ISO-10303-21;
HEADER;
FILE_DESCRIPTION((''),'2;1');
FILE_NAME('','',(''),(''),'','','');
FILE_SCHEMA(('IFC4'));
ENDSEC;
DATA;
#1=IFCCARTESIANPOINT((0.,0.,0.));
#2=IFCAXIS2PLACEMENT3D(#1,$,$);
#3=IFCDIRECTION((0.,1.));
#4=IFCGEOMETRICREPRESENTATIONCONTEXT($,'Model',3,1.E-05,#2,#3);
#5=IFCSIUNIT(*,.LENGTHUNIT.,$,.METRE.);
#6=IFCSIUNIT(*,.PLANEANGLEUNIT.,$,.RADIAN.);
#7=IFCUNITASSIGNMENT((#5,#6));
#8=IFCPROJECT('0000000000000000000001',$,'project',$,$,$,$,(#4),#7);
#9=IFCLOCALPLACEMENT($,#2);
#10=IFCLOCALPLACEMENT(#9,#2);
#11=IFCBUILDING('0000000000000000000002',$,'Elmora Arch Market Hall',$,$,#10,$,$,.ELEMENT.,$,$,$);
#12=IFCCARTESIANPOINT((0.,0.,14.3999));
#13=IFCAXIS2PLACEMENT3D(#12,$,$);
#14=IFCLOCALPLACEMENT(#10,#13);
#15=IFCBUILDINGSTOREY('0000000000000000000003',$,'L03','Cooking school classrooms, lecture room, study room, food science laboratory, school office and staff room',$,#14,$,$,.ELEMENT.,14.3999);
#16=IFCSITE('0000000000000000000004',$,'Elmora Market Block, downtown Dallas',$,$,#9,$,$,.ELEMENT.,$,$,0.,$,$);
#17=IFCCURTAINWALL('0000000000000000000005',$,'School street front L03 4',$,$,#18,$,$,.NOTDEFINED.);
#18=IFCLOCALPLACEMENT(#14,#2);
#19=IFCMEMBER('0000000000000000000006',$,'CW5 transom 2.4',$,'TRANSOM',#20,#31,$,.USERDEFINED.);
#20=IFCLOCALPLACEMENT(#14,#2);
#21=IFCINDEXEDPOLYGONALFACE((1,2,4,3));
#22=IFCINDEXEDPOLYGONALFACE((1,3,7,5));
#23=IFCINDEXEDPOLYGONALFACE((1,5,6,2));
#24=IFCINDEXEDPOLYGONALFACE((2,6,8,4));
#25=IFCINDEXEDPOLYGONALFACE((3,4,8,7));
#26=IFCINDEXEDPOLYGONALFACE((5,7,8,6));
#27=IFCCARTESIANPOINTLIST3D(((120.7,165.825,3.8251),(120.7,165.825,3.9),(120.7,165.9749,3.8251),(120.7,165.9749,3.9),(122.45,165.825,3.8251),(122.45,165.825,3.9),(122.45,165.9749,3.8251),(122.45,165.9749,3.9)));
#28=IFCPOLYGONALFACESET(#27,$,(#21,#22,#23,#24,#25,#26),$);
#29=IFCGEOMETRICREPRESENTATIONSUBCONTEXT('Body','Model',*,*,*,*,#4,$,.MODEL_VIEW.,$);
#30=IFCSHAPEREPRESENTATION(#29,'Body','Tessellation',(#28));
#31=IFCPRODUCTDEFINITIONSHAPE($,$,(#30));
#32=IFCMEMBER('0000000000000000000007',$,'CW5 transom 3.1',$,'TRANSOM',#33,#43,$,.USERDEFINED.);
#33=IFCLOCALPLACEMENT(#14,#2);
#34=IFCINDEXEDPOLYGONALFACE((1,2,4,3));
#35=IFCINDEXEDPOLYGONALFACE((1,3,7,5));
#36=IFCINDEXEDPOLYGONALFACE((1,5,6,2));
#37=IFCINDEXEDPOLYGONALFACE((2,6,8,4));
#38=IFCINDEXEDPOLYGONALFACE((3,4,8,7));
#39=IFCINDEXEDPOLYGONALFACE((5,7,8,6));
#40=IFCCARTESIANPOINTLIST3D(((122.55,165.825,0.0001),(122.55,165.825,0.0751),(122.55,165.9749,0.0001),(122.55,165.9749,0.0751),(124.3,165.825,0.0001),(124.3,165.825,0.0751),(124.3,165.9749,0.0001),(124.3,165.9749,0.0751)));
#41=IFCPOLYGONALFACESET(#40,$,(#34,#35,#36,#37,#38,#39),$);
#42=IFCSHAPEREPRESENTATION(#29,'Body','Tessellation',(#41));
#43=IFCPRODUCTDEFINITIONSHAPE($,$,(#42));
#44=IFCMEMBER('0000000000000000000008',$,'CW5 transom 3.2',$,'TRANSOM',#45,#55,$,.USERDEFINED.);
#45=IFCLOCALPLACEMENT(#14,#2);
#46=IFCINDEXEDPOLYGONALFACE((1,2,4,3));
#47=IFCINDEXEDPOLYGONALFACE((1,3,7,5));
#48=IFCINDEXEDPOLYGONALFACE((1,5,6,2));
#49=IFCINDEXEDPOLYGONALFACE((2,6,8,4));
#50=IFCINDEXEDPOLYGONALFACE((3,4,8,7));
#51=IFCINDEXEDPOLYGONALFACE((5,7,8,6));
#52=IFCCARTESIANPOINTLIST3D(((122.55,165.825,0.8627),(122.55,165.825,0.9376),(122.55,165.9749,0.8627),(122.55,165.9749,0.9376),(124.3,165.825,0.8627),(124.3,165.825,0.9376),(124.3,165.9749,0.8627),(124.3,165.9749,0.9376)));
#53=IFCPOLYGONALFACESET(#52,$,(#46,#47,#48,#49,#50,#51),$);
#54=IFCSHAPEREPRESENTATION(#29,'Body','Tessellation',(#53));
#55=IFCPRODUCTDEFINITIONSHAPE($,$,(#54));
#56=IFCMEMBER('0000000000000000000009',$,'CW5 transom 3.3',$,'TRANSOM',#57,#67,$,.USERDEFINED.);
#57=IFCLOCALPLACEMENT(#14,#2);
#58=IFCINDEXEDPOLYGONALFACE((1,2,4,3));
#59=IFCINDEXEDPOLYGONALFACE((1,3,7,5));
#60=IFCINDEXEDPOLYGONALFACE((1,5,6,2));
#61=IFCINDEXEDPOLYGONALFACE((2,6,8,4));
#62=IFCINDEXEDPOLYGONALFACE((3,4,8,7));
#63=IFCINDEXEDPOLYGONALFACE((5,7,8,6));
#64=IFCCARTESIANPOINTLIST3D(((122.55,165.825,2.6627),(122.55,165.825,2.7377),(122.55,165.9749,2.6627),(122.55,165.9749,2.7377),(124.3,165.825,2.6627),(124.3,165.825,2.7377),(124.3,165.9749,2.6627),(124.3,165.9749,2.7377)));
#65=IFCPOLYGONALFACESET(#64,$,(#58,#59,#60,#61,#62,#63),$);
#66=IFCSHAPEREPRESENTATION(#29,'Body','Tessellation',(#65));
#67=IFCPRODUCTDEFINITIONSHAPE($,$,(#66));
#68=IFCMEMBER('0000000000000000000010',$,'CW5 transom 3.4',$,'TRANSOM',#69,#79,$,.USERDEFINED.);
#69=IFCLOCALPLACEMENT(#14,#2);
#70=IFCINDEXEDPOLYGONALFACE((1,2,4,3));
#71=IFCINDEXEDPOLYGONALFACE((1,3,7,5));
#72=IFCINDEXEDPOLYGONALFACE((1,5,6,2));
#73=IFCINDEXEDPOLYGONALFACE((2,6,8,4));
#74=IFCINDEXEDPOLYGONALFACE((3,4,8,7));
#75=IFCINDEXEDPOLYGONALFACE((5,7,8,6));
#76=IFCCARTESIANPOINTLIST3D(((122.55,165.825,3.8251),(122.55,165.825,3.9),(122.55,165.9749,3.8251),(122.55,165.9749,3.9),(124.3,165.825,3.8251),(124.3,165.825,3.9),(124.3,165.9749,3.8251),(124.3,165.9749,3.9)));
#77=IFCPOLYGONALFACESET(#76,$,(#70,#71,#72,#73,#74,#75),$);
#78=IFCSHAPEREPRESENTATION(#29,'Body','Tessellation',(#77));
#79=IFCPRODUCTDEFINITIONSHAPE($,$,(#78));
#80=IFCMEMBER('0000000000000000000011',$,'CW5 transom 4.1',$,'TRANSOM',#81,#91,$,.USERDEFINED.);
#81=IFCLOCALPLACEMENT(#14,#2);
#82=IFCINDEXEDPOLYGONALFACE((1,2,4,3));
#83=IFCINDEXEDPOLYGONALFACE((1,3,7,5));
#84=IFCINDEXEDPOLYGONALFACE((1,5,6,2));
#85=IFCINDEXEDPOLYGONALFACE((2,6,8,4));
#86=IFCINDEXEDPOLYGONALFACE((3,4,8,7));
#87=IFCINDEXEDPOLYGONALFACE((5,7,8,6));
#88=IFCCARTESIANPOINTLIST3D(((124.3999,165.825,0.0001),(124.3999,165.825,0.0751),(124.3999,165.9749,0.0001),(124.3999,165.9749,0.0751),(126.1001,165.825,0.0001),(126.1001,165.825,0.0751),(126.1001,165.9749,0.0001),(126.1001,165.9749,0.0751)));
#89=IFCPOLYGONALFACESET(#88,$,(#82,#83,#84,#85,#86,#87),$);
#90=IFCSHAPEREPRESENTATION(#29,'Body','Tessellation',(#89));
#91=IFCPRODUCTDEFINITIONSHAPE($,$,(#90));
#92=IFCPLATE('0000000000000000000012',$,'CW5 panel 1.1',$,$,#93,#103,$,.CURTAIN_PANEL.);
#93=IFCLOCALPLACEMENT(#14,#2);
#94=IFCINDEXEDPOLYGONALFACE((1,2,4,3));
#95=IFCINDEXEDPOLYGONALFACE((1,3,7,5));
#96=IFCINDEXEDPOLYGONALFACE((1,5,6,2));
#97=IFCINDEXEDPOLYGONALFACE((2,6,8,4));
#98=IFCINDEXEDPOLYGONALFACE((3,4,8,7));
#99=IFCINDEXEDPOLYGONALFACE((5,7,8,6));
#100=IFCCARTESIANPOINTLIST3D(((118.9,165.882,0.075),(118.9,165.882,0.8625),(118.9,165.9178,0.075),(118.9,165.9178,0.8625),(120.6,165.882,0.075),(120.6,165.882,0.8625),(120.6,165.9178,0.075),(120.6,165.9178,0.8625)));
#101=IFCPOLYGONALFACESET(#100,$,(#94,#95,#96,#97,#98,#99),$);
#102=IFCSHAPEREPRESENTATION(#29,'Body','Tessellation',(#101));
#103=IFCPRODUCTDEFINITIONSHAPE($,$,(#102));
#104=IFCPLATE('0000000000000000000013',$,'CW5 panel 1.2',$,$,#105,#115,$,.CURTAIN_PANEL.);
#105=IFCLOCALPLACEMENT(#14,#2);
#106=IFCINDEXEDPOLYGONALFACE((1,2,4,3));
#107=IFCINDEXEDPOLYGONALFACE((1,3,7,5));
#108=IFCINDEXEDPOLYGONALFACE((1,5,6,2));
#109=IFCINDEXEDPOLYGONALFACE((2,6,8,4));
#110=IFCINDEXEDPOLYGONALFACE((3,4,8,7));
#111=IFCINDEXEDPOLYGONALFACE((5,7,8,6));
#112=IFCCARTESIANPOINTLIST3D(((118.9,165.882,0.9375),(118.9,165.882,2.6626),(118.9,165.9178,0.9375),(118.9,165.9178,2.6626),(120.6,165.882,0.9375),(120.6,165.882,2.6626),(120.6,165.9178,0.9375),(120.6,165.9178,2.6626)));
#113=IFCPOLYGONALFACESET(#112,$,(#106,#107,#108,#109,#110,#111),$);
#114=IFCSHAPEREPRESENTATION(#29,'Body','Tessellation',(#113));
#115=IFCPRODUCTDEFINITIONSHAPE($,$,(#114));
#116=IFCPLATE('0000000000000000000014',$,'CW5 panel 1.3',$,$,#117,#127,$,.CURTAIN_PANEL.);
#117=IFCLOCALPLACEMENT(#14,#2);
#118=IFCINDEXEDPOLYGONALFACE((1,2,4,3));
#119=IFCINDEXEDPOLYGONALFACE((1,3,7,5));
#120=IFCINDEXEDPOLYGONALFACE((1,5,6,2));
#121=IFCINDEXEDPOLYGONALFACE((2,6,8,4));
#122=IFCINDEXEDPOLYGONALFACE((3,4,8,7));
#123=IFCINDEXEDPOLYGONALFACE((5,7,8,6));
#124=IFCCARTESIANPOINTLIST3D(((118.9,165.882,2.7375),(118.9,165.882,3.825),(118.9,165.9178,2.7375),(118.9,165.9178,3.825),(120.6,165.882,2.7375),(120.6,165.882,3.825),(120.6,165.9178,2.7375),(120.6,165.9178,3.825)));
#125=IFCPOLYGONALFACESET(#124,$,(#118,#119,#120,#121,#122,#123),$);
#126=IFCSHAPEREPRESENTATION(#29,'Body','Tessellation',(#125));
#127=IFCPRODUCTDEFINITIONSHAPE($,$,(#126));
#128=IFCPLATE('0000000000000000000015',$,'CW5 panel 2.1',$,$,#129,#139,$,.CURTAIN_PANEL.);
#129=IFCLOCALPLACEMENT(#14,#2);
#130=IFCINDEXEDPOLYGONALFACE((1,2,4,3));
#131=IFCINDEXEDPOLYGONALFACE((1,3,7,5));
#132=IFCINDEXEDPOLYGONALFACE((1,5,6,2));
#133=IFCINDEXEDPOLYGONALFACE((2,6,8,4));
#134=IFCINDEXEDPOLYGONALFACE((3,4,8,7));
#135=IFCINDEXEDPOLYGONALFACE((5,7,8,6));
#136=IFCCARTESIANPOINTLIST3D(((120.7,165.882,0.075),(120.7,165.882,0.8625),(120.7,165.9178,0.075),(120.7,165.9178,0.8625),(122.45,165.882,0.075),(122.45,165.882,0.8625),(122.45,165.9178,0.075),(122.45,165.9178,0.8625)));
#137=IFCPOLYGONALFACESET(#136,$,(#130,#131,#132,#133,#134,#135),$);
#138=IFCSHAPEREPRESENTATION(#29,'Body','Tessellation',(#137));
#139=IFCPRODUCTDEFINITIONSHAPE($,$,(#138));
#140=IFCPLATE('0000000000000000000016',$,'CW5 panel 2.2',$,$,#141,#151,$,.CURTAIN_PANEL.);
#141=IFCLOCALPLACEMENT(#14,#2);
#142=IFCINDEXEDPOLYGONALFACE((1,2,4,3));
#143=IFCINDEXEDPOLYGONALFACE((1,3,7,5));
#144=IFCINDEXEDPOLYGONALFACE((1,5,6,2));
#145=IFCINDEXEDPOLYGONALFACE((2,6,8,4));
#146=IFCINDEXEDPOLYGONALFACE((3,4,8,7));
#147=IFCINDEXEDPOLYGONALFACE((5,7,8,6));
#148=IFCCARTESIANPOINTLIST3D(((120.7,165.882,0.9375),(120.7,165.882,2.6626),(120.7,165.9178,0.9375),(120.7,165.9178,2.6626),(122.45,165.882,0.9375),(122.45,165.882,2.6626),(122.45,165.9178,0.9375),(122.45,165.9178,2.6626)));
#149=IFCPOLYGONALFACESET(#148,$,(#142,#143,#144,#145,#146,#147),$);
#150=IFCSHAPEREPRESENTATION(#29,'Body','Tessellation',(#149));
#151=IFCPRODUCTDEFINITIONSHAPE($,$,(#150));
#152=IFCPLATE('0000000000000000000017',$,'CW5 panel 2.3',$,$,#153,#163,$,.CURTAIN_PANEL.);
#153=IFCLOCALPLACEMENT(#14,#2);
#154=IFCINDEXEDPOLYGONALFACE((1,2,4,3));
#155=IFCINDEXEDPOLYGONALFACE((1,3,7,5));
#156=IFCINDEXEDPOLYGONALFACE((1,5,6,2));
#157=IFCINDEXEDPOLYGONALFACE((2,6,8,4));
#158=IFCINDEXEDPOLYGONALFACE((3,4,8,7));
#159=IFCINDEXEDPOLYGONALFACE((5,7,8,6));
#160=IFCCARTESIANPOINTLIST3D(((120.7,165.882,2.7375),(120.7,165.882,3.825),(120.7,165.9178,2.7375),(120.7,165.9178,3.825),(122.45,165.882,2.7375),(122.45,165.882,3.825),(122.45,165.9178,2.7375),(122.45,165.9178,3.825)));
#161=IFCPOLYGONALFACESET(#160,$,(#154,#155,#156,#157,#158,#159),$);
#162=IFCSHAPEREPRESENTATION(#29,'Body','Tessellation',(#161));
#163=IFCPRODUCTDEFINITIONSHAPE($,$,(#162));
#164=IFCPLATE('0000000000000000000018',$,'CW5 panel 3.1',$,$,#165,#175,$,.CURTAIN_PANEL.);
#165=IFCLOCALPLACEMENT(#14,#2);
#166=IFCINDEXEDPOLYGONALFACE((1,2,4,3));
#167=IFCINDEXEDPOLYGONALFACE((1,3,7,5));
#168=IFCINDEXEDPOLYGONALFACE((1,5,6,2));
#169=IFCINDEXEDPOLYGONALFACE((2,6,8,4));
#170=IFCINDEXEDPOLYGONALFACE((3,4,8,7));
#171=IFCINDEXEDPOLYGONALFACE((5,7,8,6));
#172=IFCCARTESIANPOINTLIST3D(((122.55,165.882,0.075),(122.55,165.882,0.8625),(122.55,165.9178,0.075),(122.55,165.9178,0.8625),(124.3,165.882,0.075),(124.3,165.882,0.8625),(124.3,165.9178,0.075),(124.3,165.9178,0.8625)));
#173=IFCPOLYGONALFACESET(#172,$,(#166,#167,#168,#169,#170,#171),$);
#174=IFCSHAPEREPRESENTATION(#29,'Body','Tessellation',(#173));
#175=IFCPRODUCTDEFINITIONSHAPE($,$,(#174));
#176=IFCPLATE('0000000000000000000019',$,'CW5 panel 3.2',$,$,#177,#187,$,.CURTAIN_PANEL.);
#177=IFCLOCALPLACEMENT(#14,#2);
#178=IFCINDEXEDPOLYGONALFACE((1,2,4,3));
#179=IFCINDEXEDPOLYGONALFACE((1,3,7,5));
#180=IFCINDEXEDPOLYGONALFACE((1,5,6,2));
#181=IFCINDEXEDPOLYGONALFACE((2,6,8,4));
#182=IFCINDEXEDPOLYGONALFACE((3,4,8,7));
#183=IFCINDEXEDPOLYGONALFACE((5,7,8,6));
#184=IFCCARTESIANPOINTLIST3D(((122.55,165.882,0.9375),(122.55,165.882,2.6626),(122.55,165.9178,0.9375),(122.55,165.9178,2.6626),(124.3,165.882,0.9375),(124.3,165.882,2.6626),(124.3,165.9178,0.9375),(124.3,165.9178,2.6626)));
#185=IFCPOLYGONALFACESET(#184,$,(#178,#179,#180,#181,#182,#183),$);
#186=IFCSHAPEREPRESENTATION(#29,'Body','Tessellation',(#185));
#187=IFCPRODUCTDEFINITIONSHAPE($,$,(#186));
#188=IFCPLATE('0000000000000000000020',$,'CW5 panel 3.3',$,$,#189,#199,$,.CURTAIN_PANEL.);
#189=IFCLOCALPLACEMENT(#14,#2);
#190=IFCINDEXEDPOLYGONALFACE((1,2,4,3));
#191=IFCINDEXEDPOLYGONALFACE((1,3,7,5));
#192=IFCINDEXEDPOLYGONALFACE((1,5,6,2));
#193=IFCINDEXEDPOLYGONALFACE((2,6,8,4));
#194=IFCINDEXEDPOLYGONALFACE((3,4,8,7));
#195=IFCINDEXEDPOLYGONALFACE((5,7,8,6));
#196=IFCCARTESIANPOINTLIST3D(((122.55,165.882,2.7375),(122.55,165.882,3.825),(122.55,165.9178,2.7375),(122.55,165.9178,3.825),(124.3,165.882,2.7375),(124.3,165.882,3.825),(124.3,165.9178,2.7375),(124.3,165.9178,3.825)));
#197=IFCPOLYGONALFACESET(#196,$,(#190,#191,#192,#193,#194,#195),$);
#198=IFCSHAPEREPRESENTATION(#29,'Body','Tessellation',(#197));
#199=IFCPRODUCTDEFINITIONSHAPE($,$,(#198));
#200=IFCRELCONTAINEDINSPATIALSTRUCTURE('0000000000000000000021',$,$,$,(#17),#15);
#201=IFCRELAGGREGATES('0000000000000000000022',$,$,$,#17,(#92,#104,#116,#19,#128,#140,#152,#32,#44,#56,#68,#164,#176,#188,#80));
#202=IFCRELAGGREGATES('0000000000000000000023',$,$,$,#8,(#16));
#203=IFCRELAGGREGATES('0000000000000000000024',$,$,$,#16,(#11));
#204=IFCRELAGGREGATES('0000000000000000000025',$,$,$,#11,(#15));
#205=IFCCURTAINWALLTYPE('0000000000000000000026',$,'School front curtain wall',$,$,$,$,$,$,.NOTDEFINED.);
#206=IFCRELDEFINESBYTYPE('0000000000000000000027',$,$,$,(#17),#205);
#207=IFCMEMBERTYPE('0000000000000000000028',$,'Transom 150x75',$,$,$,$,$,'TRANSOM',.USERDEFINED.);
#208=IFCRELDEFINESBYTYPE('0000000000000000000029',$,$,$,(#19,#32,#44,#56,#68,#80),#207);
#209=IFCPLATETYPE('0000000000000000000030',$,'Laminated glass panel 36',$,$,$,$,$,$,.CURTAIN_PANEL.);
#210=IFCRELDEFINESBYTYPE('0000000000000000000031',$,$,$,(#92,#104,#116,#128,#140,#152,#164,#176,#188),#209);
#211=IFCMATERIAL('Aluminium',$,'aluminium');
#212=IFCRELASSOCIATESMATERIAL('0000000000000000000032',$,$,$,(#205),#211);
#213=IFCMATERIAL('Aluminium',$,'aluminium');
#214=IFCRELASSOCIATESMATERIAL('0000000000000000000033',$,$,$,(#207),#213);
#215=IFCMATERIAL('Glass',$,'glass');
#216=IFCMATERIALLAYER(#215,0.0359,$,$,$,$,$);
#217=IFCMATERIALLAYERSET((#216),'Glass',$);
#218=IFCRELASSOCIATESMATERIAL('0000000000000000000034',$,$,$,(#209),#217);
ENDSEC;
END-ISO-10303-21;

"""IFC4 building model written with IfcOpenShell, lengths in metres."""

from ifc_helpers import new_model, si_unit, direction, frame, origin, origin_2d, place, context, subcontext, project, spatial, rectangle, extrude, material, layer, layer_set, material_profile, profile_set, type_object, element, aggregate, save


model = new_model("IFC4")

# Units and contexts
model_context = context("Model", 3, precision=1e-05, world=origin(), true_north=direction((0.0, 1.0)))
body_context = subcontext(model_context, "Body", "Model", "MODEL_VIEW")
ifc_project = project(units=[si_unit("LENGTHUNIT", "METRE"), si_unit("PLANEANGLEUNIT", "RADIAN")], contexts=[model_context])

# Site, building, storey
site_placement = place(None, origin())
site = spatial("IfcSite", under=ifc_project, at=site_placement, Name="Elmora Market Block, downtown Dallas", CompositionType="ELEMENT", RefElevation=0.0)
building_placement = place(site_placement, origin())
building = spatial("IfcBuilding", under=site, at=building_placement, Name="Elmora Arch Market Hall", CompositionType="ELEMENT")
storey_placement = place(building_placement, frame((0.0, 0.0, 14.3999)))
storey = spatial("IfcBuildingStorey", under=building, at=storey_placement, Name="L03", Description="Cooking school classrooms, lecture room, study room, food science laboratory, school office and staff room", CompositionType="ELEMENT", Elevation=14.3999)

# Curtain wall
ifc_material_1 = material(Name="Aluminium", Category="aluminium")
curtain_wall_type = type_object("IfcCurtainWallType", Name="School front curtain wall", PredefinedType="NOTDEFINED", material=ifc_material_1)
curtain_wall_placement = place(storey_placement, origin())
curtain_wall = element("IfcCurtainWall", 1, at=curtain_wall_placement, inside=storey, type_object=curtain_wall_type, Name="School street front L03 4", PredefinedType="NOTDEFINED")

# Members
ifc_material_2 = material(Name="Aluminium", Category="aluminium")
ifc_material_profile_1 = material_profile(ifc_material_2, rectangle(XDim=0.1499, YDim=0.075, at=origin_2d()), Name="AL 150x75")
ifc_profile_set_1 = profile_set([ifc_material_profile_1], Name="Aluminium")
member_type_1 = type_object("IfcMemberType", Name="Transom 150x75", ElementType="TRANSOM", PredefinedType="USERDEFINED", material=ifc_profile_set_1)
member_1_placement = place(storey_placement, frame((120.7, 165.8999, 3.8625), z_axis=(1.0, 0.0, 0.0), x_axis=(0.0, 1.0, 0.0)))
member_1 = element("IfcMember", 2, at=member_1_placement, type_object=member_type_1, Name="CW5 transom 2.4", ObjectType="TRANSOM", PredefinedType="USERDEFINED", context=body_context, shape_type="SweptSolid", body=[
    extrude(rectangle(XDim=0.1499, YDim=0.075, at=origin_2d()), origin(), (0.0, 0.0, 1.0), 1.75),
])
member_2_placement = place(storey_placement, frame((122.55, 165.8999, 0.0376), z_axis=(1.0, 0.0, 0.0), x_axis=(0.0, 1.0, 0.0)))
member_2 = element("IfcMember", 3, at=member_2_placement, type_object=member_type_1, Name="CW5 transom 3.1", ObjectType="TRANSOM", PredefinedType="USERDEFINED", context=body_context, shape_type="SweptSolid", body=[
    extrude(rectangle(XDim=0.1499, YDim=0.075, at=origin_2d()), origin(), (0.0, 0.0, 1.0), 1.75),
])
member_3_placement = place(storey_placement, frame((122.55, 165.8999, 0.9001), z_axis=(1.0, 0.0, 0.0), x_axis=(0.0, 1.0, 0.0)))
member_3 = element("IfcMember", 4, at=member_3_placement, type_object=member_type_1, Name="CW5 transom 3.2", ObjectType="TRANSOM", PredefinedType="USERDEFINED", context=body_context, shape_type="SweptSolid", body=[
    extrude(rectangle(XDim=0.1499, YDim=0.075, at=origin_2d()), origin(), (0.0, 0.0, 1.0), 1.75),
])
member_4_placement = place(storey_placement, frame((122.55, 165.8999, 2.7002), z_axis=(1.0, 0.0, 0.0), x_axis=(0.0, 1.0, 0.0)))
member_4 = element("IfcMember", 5, at=member_4_placement, type_object=member_type_1, Name="CW5 transom 3.3", ObjectType="TRANSOM", PredefinedType="USERDEFINED", context=body_context, shape_type="SweptSolid", body=[
    extrude(rectangle(XDim=0.1499, YDim=0.075, at=origin_2d()), origin(), (0.0, 0.0, 1.0), 1.75),
])
member_5_placement = place(storey_placement, frame((122.55, 165.8999, 3.8625), z_axis=(1.0, 0.0, 0.0), x_axis=(0.0, 1.0, 0.0)))
member_5 = element("IfcMember", 6, at=member_5_placement, type_object=member_type_1, Name="CW5 transom 3.4", ObjectType="TRANSOM", PredefinedType="USERDEFINED", context=body_context, shape_type="SweptSolid", body=[
    extrude(rectangle(XDim=0.1499, YDim=0.075, at=origin_2d()), origin(), (0.0, 0.0, 1.0), 1.75),
])
member_6_placement = place(storey_placement, frame((124.3999, 165.8999, 0.0376), z_axis=(1.0, 0.0, 0.0), x_axis=(0.0, 1.0, 0.0)))
member_6 = element("IfcMember", 7, at=member_6_placement, type_object=member_type_1, Name="CW5 transom 4.1", ObjectType="TRANSOM", PredefinedType="USERDEFINED", context=body_context, shape_type="SweptSolid", body=[
    extrude(rectangle(XDim=0.1499, YDim=0.075, at=origin_2d()), origin(), (0.0, 0.0, 1.0), 1.7002),
])

# Plates
ifc_material_3 = material(Name="Glass", Category="glass")
ifc_layer_1 = layer(ifc_material_3, 0.0359)
ifc_layer_set_1 = layer_set([ifc_layer_1], Name="Glass")
plate_type = type_object("IfcPlateType", Name="Laminated glass panel 36", PredefinedType="CURTAIN_PANEL", material=ifc_layer_set_1)
plate_1_placement = place(storey_placement, frame((119.75, 165.8999, 0.075), z_axis=(0.0, 0.0, 1.0), x_axis=(1.0, 0.0, 0.0)))
plate_1 = element("IfcPlate", 8, at=plate_1_placement, type_object=plate_type, Name="CW5 panel 1.1", PredefinedType="CURTAIN_PANEL", context=body_context, shape_type="SweptSolid", body=[
    extrude(rectangle(XDim=1.7, YDim=0.0359, at=origin_2d()), origin(), (0.0, 0.0, 1.0), 0.7876),
])
plate_2_placement = place(storey_placement, frame((119.75, 165.8999, 0.9375), z_axis=(0.0, 0.0, 1.0), x_axis=(1.0, 0.0, 0.0)))
plate_2 = element("IfcPlate", 9, at=plate_2_placement, type_object=plate_type, Name="CW5 panel 1.2", PredefinedType="CURTAIN_PANEL", context=body_context, shape_type="SweptSolid", body=[
    extrude(rectangle(XDim=1.7, YDim=0.0359, at=origin_2d()), origin(), (0.0, 0.0, 1.0), 1.7251),
])
plate_3_placement = place(storey_placement, frame((119.75, 165.8999, 2.7375), z_axis=(0.0, 0.0, 1.0), x_axis=(1.0, 0.0, 0.0)))
plate_3 = element("IfcPlate", 10, at=plate_3_placement, type_object=plate_type, Name="CW5 panel 1.3", PredefinedType="CURTAIN_PANEL", context=body_context, shape_type="SweptSolid", body=[
    extrude(rectangle(XDim=1.7, YDim=0.0359, at=origin_2d()), origin(), (0.0, 0.0, 1.0), 1.0874),
])
plate_4_placement = place(storey_placement, frame((121.575, 165.8999, 0.075), z_axis=(0.0, 0.0, 1.0), x_axis=(1.0, 0.0, 0.0)))
plate_4 = element("IfcPlate", 11, at=plate_4_placement, type_object=plate_type, Name="CW5 panel 2.1", PredefinedType="CURTAIN_PANEL", context=body_context, shape_type="SweptSolid", body=[
    extrude(rectangle(XDim=1.75, YDim=0.0359, at=origin_2d()), origin(), (0.0, 0.0, 1.0), 0.7876),
])
plate_5_placement = place(storey_placement, frame((121.575, 165.8999, 0.9375), z_axis=(0.0, 0.0, 1.0), x_axis=(1.0, 0.0, 0.0)))
plate_5 = element("IfcPlate", 12, at=plate_5_placement, type_object=plate_type, Name="CW5 panel 2.2", PredefinedType="CURTAIN_PANEL", context=body_context, shape_type="SweptSolid", body=[
    extrude(rectangle(XDim=1.75, YDim=0.0359, at=origin_2d()), origin(), (0.0, 0.0, 1.0), 1.7251),
])
plate_6_placement = place(storey_placement, frame((121.575, 165.8999, 2.7375), z_axis=(0.0, 0.0, 1.0), x_axis=(1.0, 0.0, 0.0)))
plate_6 = element("IfcPlate", 13, at=plate_6_placement, type_object=plate_type, Name="CW5 panel 2.3", PredefinedType="CURTAIN_PANEL", context=body_context, shape_type="SweptSolid", body=[
    extrude(rectangle(XDim=1.75, YDim=0.0359, at=origin_2d()), origin(), (0.0, 0.0, 1.0), 1.0874),
])
plate_7_placement = place(storey_placement, frame((123.425, 165.8999, 0.075), z_axis=(0.0, 0.0, 1.0), x_axis=(1.0, 0.0, 0.0)))
plate_7 = element("IfcPlate", 14, at=plate_7_placement, type_object=plate_type, Name="CW5 panel 3.1", PredefinedType="CURTAIN_PANEL", context=body_context, shape_type="SweptSolid", body=[
    extrude(rectangle(XDim=1.75, YDim=0.0359, at=origin_2d()), origin(), (0.0, 0.0, 1.0), 0.7876),
])
plate_8_placement = place(storey_placement, frame((123.425, 165.8999, 0.9375), z_axis=(0.0, 0.0, 1.0), x_axis=(1.0, 0.0, 0.0)))
plate_8 = element("IfcPlate", 15, at=plate_8_placement, type_object=plate_type, Name="CW5 panel 3.2", PredefinedType="CURTAIN_PANEL", context=body_context, shape_type="SweptSolid", body=[
    extrude(rectangle(XDim=1.75, YDim=0.0359, at=origin_2d()), origin(), (0.0, 0.0, 1.0), 1.7251),
])
plate_9_placement = place(storey_placement, frame((123.425, 165.8999, 2.7375), z_axis=(0.0, 0.0, 1.0), x_axis=(1.0, 0.0, 0.0)))
plate_9 = element("IfcPlate", 16, at=plate_9_placement, type_object=plate_type, Name="CW5 panel 3.3", PredefinedType="CURTAIN_PANEL", context=body_context, shape_type="SweptSolid", body=[
    extrude(rectangle(XDim=1.75, YDim=0.0359, at=origin_2d()), origin(), (0.0, 0.0, 1.0), 1.0874),
])
aggregate(curtain_wall, [plate_1, plate_2, plate_3, member_1, plate_4, plate_5, plate_6, member_2, member_3, member_4, member_5, plate_7, plate_8, plate_9, member_6])

save(model, "model.ifc")
